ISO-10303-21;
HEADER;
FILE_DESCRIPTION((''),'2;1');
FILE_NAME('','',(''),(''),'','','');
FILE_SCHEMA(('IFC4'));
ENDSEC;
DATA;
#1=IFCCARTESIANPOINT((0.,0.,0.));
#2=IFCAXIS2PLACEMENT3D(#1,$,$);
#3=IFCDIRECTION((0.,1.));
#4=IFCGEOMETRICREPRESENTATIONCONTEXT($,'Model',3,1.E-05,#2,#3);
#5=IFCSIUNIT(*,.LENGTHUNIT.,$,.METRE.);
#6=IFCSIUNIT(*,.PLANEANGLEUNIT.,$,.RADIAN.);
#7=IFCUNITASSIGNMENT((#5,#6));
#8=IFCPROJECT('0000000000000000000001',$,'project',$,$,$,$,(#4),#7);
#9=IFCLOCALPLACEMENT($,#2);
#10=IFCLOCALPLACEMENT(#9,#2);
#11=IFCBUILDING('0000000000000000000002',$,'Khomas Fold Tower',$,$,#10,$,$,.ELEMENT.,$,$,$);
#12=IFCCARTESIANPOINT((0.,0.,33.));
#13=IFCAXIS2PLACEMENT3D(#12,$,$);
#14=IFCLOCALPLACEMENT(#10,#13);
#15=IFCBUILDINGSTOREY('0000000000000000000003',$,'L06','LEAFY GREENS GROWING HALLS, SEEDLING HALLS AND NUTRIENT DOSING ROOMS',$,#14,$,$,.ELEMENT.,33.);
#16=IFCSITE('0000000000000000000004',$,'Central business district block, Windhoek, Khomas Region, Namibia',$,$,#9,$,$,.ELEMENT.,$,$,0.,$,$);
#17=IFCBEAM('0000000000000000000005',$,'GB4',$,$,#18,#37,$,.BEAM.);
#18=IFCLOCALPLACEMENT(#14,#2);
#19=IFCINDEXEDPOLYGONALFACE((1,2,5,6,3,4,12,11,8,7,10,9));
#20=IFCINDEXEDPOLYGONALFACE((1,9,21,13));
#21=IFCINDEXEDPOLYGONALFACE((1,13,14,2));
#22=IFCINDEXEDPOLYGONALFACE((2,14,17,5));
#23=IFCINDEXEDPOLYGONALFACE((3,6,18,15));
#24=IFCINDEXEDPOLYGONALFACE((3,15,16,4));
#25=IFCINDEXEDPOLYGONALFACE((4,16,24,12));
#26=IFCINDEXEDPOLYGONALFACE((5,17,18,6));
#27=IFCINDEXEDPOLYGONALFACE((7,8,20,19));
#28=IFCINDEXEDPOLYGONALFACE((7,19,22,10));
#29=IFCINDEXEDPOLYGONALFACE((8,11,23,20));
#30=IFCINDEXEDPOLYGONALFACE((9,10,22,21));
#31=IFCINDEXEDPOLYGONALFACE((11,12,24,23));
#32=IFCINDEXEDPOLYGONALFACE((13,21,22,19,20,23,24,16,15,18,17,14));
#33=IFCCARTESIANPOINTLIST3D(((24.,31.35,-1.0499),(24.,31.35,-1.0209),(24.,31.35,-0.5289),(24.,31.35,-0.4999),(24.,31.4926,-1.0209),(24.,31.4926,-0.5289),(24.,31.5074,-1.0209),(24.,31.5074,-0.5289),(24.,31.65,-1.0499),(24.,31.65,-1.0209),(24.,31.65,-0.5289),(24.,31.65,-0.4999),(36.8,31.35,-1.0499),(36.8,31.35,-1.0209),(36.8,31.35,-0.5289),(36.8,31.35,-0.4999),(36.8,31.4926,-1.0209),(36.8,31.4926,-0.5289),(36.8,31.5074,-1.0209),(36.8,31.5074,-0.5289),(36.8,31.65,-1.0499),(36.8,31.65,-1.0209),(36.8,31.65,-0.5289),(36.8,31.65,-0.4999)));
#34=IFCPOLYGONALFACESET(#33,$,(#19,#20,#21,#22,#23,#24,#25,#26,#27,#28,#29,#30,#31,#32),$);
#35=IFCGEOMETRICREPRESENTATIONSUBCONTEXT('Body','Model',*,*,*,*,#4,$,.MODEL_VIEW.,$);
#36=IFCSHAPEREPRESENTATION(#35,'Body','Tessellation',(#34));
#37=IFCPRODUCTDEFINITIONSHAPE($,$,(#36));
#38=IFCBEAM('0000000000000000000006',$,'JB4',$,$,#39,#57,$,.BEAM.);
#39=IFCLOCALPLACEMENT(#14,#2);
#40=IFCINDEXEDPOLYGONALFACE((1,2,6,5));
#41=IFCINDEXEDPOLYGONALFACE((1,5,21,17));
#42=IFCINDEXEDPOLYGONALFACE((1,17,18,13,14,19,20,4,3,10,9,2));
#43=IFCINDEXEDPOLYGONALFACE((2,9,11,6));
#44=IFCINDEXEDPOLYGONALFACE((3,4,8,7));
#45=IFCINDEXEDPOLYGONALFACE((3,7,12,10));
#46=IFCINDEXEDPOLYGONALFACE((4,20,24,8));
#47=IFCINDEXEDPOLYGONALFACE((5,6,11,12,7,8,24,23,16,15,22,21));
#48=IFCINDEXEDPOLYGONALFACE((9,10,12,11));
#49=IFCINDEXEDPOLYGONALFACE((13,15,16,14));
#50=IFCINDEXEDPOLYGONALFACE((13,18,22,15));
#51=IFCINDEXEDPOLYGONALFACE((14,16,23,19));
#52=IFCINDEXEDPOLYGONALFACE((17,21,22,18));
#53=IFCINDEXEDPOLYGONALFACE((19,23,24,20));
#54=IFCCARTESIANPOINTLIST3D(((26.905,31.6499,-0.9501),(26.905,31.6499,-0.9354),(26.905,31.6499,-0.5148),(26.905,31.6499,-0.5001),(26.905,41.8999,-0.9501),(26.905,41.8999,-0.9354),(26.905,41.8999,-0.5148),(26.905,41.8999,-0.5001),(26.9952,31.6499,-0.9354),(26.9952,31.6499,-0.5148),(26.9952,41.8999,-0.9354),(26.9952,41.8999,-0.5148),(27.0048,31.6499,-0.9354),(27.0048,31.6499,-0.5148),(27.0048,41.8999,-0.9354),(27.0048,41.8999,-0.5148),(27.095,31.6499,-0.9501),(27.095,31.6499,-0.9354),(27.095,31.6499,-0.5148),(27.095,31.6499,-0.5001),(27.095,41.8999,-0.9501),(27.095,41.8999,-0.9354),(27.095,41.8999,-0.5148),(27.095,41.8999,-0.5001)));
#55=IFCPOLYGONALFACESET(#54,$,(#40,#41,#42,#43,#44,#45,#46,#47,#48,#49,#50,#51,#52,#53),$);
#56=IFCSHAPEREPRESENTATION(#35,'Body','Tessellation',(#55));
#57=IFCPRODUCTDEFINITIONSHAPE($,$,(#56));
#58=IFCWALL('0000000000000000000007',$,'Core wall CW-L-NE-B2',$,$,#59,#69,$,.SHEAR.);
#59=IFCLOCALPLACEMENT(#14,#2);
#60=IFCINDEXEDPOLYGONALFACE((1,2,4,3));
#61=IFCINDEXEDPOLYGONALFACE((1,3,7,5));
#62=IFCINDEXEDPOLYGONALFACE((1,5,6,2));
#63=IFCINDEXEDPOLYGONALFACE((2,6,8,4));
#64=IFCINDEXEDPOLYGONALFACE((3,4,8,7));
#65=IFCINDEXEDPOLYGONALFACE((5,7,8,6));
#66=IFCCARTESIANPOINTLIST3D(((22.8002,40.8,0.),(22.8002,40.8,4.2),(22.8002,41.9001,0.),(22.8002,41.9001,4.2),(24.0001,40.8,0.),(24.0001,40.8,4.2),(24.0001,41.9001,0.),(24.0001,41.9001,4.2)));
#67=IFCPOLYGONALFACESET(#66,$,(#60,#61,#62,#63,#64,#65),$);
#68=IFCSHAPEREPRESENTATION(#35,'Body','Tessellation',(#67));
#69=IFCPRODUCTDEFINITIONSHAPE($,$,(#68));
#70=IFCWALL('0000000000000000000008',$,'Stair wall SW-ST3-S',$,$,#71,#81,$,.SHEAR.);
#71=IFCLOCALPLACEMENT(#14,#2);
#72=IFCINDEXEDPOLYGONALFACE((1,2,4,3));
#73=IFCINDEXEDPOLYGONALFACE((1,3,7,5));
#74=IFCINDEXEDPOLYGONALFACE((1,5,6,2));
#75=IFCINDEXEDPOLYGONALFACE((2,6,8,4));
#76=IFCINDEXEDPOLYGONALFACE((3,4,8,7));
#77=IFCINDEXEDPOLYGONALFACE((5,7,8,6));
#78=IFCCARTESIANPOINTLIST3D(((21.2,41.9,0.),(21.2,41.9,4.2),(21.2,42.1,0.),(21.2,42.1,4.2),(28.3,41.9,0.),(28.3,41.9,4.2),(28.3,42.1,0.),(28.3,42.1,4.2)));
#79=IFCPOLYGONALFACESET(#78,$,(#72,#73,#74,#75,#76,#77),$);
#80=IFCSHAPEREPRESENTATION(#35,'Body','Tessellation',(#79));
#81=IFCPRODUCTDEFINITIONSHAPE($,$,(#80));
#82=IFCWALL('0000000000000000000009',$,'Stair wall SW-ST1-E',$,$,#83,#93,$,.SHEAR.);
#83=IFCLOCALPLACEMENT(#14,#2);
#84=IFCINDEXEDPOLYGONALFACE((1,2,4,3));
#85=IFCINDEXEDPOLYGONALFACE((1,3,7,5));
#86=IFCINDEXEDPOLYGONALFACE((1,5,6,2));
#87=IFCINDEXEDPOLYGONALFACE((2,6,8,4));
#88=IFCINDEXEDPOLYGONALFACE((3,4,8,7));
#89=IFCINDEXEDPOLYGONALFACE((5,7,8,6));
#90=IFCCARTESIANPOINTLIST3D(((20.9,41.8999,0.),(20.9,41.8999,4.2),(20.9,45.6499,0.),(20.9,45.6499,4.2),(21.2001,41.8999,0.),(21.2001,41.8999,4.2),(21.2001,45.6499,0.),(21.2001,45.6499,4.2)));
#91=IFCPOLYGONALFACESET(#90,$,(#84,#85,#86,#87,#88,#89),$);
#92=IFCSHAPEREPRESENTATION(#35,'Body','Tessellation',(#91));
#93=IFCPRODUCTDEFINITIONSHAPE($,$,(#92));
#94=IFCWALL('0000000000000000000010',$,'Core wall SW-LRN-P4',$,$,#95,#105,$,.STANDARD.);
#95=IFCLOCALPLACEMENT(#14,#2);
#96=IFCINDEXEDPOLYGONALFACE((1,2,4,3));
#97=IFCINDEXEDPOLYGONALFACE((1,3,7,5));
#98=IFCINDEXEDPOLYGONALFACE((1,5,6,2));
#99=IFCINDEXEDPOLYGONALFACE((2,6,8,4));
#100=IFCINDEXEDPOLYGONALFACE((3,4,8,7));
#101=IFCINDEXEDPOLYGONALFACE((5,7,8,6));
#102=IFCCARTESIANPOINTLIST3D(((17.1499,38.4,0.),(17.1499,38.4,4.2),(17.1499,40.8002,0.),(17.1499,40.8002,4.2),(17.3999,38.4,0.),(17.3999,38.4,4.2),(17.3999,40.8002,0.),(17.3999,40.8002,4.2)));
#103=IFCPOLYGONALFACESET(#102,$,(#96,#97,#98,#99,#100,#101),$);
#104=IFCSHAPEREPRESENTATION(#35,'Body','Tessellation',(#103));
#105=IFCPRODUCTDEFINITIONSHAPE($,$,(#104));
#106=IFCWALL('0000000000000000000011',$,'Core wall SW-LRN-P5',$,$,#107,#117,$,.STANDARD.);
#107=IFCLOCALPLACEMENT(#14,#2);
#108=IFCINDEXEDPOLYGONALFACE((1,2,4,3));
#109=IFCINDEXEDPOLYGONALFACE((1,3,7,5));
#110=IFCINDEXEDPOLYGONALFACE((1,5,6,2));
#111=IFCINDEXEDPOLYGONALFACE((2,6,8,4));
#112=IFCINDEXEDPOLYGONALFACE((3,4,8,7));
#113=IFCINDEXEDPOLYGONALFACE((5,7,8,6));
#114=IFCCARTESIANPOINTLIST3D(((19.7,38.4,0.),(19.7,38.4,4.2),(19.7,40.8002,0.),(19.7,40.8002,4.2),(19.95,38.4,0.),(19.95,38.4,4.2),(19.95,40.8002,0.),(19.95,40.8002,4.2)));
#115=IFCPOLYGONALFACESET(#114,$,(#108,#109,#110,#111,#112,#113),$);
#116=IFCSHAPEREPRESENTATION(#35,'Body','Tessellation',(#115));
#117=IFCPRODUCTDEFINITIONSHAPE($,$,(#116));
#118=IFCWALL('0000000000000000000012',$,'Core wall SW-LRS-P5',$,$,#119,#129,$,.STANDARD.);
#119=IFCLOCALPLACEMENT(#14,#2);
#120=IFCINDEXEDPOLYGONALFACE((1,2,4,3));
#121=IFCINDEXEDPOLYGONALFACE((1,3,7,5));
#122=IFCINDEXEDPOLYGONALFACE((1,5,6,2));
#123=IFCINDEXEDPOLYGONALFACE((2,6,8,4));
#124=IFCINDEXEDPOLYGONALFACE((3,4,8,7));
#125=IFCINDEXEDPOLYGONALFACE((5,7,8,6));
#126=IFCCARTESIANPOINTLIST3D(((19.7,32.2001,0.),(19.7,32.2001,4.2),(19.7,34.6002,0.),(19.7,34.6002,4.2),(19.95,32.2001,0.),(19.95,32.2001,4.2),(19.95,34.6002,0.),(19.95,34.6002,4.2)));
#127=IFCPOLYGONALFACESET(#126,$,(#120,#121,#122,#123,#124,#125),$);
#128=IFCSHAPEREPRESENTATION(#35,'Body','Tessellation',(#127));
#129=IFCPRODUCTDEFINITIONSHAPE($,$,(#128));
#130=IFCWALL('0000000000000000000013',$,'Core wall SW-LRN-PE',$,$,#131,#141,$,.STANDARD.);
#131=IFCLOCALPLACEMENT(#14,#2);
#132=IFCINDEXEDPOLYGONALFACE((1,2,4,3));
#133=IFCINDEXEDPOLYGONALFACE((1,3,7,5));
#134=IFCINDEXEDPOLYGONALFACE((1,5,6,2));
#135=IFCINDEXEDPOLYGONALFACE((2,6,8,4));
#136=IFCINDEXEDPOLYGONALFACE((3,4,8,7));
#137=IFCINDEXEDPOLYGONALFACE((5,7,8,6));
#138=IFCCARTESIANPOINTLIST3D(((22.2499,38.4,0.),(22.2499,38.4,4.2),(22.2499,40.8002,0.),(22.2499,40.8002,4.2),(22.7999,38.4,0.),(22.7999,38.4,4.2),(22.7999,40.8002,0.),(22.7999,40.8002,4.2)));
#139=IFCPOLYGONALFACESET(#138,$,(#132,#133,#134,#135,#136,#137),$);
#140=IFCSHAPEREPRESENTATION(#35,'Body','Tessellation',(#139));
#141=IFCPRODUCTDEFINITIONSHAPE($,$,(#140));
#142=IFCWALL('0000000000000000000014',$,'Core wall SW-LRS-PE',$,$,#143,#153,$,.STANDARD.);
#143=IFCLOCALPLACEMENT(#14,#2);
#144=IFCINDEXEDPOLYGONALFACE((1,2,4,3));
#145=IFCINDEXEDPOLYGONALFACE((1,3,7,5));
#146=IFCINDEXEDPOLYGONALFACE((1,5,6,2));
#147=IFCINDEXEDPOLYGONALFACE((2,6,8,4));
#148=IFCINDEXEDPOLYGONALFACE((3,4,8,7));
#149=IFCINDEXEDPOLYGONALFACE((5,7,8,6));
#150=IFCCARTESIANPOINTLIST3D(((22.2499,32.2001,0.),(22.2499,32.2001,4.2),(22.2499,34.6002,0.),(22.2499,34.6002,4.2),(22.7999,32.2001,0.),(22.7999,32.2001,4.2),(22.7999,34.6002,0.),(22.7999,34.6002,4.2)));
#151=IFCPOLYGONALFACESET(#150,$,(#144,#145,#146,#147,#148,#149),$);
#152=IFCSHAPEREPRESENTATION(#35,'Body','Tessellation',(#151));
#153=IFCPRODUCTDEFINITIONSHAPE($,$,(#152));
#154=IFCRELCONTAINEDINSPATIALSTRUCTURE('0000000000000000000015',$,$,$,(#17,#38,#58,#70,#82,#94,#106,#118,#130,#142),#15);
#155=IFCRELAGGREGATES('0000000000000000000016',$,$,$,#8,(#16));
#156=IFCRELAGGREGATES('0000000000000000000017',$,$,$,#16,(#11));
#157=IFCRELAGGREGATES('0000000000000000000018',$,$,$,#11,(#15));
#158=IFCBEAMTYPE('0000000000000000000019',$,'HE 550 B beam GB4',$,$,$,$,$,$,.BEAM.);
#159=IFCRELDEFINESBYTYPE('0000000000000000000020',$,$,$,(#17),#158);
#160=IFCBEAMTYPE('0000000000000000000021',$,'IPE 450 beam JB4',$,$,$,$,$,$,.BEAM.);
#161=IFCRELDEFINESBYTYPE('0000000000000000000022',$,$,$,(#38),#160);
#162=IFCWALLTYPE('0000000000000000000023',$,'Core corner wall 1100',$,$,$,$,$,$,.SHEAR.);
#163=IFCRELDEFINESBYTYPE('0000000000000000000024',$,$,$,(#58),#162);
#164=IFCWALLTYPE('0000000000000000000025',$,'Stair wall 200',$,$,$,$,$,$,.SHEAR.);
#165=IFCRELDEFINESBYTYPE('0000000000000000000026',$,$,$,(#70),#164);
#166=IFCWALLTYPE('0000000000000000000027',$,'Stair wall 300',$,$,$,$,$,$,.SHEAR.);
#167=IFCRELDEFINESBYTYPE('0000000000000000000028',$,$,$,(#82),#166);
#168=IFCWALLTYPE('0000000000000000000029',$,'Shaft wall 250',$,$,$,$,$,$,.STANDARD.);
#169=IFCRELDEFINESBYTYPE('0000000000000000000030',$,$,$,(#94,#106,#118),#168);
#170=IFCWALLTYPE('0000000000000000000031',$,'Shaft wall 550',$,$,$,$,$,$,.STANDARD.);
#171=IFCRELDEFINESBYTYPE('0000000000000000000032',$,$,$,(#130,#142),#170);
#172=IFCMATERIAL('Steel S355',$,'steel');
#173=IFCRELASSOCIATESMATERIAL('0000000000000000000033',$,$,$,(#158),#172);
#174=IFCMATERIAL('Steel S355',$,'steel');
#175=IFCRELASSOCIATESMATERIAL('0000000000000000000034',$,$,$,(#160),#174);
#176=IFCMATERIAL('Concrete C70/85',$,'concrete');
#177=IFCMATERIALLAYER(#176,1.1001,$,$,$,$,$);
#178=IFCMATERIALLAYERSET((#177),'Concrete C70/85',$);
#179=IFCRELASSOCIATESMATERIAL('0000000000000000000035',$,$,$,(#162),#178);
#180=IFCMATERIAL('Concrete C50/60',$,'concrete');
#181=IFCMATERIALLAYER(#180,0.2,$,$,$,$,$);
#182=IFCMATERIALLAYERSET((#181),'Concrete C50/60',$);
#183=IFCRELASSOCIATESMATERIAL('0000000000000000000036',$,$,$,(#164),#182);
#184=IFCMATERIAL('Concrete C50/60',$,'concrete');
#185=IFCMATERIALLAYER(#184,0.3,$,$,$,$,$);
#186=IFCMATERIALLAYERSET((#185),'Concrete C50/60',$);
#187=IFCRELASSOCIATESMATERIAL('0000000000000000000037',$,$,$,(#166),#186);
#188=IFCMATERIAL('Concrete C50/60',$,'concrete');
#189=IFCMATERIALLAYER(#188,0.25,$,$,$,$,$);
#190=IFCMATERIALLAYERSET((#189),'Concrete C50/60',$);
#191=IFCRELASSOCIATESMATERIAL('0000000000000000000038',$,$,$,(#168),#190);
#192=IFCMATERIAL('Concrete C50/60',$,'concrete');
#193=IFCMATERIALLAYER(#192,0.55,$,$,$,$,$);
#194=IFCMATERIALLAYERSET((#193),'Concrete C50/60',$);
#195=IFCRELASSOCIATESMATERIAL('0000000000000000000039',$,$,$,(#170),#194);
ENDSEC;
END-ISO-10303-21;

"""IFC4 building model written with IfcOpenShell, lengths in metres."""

from ifc_helpers import new_model, si_unit, direction, frame, frame_2d, origin, origin_2d, place, context, subcontext, project, spatial, rectangle, i_section, extrude, source, transform, mapped, material, layer, layer_set, material_profile, profile_set, type_object, element, save


model = new_model("IFC4")

# Units and contexts
model_context = context("Model", 3, precision=1e-05, world=origin(), true_north=direction((0.0, 1.0)))
body_context = subcontext(model_context, "Body", "Model", "MODEL_VIEW")
ifc_project = project(units=[si_unit("LENGTHUNIT", "METRE"), si_unit("PLANEANGLEUNIT", "RADIAN")], contexts=[model_context])

# Site, building, storey
site_placement = place(None, origin())
site = spatial("IfcSite", under=ifc_project, at=site_placement, Name="Central business district block, Windhoek, Khomas Region, Namibia", CompositionType="ELEMENT", RefElevation=0.0)
building_placement = place(site_placement, origin())
building = spatial("IfcBuilding", under=site, at=building_placement, Name="Khomas Fold Tower", CompositionType="ELEMENT")
storey_placement = place(building_placement, frame((0.0, 0.0, 33.0)))
storey = spatial("IfcBuildingStorey", under=building, at=storey_placement, Name="L06", Description="LEAFY GREENS GROWING HALLS, SEEDLING HALLS AND NUTRIENT DOSING ROOMS", CompositionType="ELEMENT", Elevation=33.0)

# Beams
ifc_material_1 = material(Name="Steel S355", Category="steel")
ifc_material_profile_1 = material_profile(ifc_material_1, i_section(OverallWidth=0.3, OverallDepth=0.55, WebThickness=0.0149, FlangeThickness=0.0291, at=origin_2d()), Name="HE 550 B")
ifc_profile_set_1 = profile_set([ifc_material_profile_1], Name="Steel S355")
beam_type_1 = type_object("IfcBeamType", Name="HE 550 B beam GB4", PredefinedType="BEAM", material=ifc_profile_set_1)
shared_shape_1 = source(origin(), body_context, "Body", "SweptSolid", [
    extrude(i_section(OverallWidth=0.3, OverallDepth=0.55, WebThickness=0.0149, FlangeThickness=0.0291, at=origin_2d()), origin(), (0.0, 0.0, 1.0), 12.8),
])
beam_1_placement = place(storey_placement, frame((24.0, 31.5, -0.7749), z_axis=(1.0, 0.0, 0.0), x_axis=(0.0, 1.0, 0.0)))
element("IfcBeam", 1, at=beam_1_placement, inside=storey, type_object=beam_type_1, Name="GB4", PredefinedType="BEAM", context=body_context, shape_type="MappedRepresentation", body=[
    mapped(shared_shape_1, transform((0.0, 0.0, 0.0))),
])
ifc_material_2 = material(Name="Steel S355", Category="steel")
ifc_material_profile_2 = material_profile(ifc_material_2, i_section(OverallWidth=0.1899, OverallDepth=0.45, WebThickness=0.0095, FlangeThickness=0.0146, at=origin_2d()), Name="IPE 450")
ifc_profile_set_2 = profile_set([ifc_material_profile_2], Name="Steel S355")
beam_type_2 = type_object("IfcBeamType", Name="IPE 450 beam JB4", PredefinedType="BEAM", material=ifc_profile_set_2)
shared_shape_2 = source(origin(), body_context, "Body", "SweptSolid", [
    extrude(i_section(OverallWidth=0.1899, OverallDepth=0.45, WebThickness=0.0095, FlangeThickness=0.0146, at=origin_2d()), origin(), (0.0, 0.0, 1.0), 10.25),
])
beam_2_placement = place(storey_placement, frame((27.0, 31.6499, -0.7251), z_axis=(0.0, 1.0, 0.0), x_axis=(-1.0, 0.0, 0.0)))
element("IfcBeam", 2, at=beam_2_placement, inside=storey, type_object=beam_type_2, Name="JB4", PredefinedType="BEAM", context=body_context, shape_type="MappedRepresentation", body=[
    mapped(shared_shape_2, transform((0.0, 0.0, 0.0))),
])

# Walls
ifc_material_3 = material(Name="Concrete C70/85", Category="concrete")
ifc_layer_1 = layer(ifc_material_3, 1.1001)
ifc_layer_set_1 = layer_set([ifc_layer_1], Name="Concrete C70/85")
wall_type_1 = type_object("IfcWallType", Name="Core corner wall 1100", PredefinedType="SHEAR", material=ifc_layer_set_1)
shared_shape_3 = source(origin(), body_context, "Body", "SweptSolid", [
    extrude(rectangle(XDim=1.2, YDim=1.1001, at=frame_2d((0.6001, 0.0))), origin(), (0.0, 0.0, 1.0), 4.2),
])
wall_1_placement = place(storey_placement, frame((22.8, 41.3501, 0.0), z_axis=(0.0, 0.0, 1.0), x_axis=(1.0, 0.0, 0.0)))
element("IfcWall", 3, at=wall_1_placement, inside=storey, type_object=wall_type_1, Name="Core wall CW-L-NE-B2", PredefinedType="SHEAR", context=body_context, shape_type="MappedRepresentation", body=[
    mapped(shared_shape_3, transform((0.0, 0.0, 0.0))),
])
ifc_material_4 = material(Name="Concrete C50/60", Category="concrete")
ifc_layer_2 = layer(ifc_material_4, 0.2)
ifc_layer_set_2 = layer_set([ifc_layer_2], Name="Concrete C50/60")
wall_type_2 = type_object("IfcWallType", Name="Stair wall 200", PredefinedType="SHEAR", material=ifc_layer_set_2)
shared_shape_4 = source(origin(), body_context, "Body", "SweptSolid", [
    extrude(rectangle(XDim=7.1001, YDim=0.2, at=frame_2d((3.55, 0.0))), origin(), (0.0, 0.0, 1.0), 4.2),
])
wall_2_placement = place(storey_placement, frame((21.2, 42.0, 0.0), z_axis=(0.0, 0.0, 1.0), x_axis=(1.0, 0.0, 0.0)))
element("IfcWall", 4, at=wall_2_placement, inside=storey, type_object=wall_type_2, Name="Stair wall SW-ST3-S", PredefinedType="SHEAR", context=body_context, shape_type="MappedRepresentation", body=[
    mapped(shared_shape_4, transform((0.0, 0.0, 0.0))),
])
ifc_material_5 = material(Name="Concrete C50/60", Category="concrete")
ifc_layer_3 = layer(ifc_material_5, 0.3)
ifc_layer_set_3 = layer_set([ifc_layer_3], Name="Concrete C50/60")
wall_type_3 = type_object("IfcWallType", Name="Stair wall 300", PredefinedType="SHEAR", material=ifc_layer_set_3)
shared_shape_5 = source(origin(), body_context, "Body", "SweptSolid", [
    extrude(rectangle(XDim=3.75, YDim=0.3, at=frame_2d((1.875, 0.0))), origin(), (0.0, 0.0, 1.0), 4.2),
])
wall_3_placement = place(storey_placement, frame((21.05, 41.8999, 0.0), z_axis=(0.0, 0.0, 1.0), x_axis=(0.0, 1.0, 0.0)))
element("IfcWall", 5, at=wall_3_placement, inside=storey, type_object=wall_type_3, Name="Stair wall SW-ST1-E", PredefinedType="SHEAR", context=body_context, shape_type="MappedRepresentation", body=[
    mapped(shared_shape_5, transform((0.0, 0.0, 0.0))),
])
ifc_material_6 = material(Name="Concrete C50/60", Category="concrete")
ifc_layer_4 = layer(ifc_material_6, 0.25)
ifc_layer_set_4 = layer_set([ifc_layer_4], Name="Concrete C50/60")
wall_type_4 = type_object("IfcWallType", Name="Shaft wall 250", PredefinedType="STANDARD", material=ifc_layer_set_4)
shared_shape_6 = source(origin(), body_context, "Body", "SweptSolid", [
    extrude(rectangle(XDim=2.4001, YDim=0.25, at=frame_2d((1.2002, 0.0))), origin(), (0.0, 0.0, 1.0), 4.2),
])
for number, where, z_axis, x_axis, name in (
    (6, (17.2749, 38.3999, 0.0), (0.0, 0.0, 1.0), (0.0, 1.0, 0.0), "Core wall SW-LRN-P4"),
    (7, (19.825, 38.3999, 0.0), (0.0, 0.0, 1.0), (0.0, 1.0, 0.0), "Core wall SW-LRN-P5"),
    (8, (19.825, 32.2, 0.0), (0.0, 0.0, 1.0), (0.0, 1.0, 0.0), "Core wall SW-LRS-P5"),
):
    element("IfcWall", number, at=place(storey_placement, frame(where, z_axis=z_axis, x_axis=x_axis)), inside=storey, type_object=wall_type_4, Name=name, PredefinedType="STANDARD", context=body_context, shape_type="MappedRepresentation", body=[
        mapped(shared_shape_6, transform((0.0, 0.0, 0.0))),
    ])
ifc_material_7 = material(Name="Concrete C50/60", Category="concrete")
ifc_layer_5 = layer(ifc_material_7, 0.55)
ifc_layer_set_5 = layer_set([ifc_layer_5], Name="Concrete C50/60")
wall_type_5 = type_object("IfcWallType", Name="Shaft wall 550", PredefinedType="STANDARD", material=ifc_layer_set_5)
shared_shape_7 = source(origin(), body_context, "Body", "SweptSolid", [
    extrude(rectangle(XDim=2.4001, YDim=0.55, at=frame_2d((1.2002, 0.0))), origin(), (0.0, 0.0, 1.0), 4.2),
])
for number, where, z_axis, x_axis, name in (
    (9, (22.5249, 38.3999, 0.0), (0.0, 0.0, 1.0), (0.0, 1.0, 0.0), "Core wall SW-LRN-PE"),
    (10, (22.5249, 32.2, 0.0), (0.0, 0.0, 1.0), (0.0, 1.0, 0.0), "Core wall SW-LRS-PE"),
):
    element("IfcWall", number, at=place(storey_placement, frame(where, z_axis=z_axis, x_axis=x_axis)), inside=storey, type_object=wall_type_5, Name=name, PredefinedType="STANDARD", context=body_context, shape_type="MappedRepresentation", body=[
        mapped(shared_shape_7, transform((0.0, 0.0, 0.0))),
    ])

save(model, "model.ifc")
